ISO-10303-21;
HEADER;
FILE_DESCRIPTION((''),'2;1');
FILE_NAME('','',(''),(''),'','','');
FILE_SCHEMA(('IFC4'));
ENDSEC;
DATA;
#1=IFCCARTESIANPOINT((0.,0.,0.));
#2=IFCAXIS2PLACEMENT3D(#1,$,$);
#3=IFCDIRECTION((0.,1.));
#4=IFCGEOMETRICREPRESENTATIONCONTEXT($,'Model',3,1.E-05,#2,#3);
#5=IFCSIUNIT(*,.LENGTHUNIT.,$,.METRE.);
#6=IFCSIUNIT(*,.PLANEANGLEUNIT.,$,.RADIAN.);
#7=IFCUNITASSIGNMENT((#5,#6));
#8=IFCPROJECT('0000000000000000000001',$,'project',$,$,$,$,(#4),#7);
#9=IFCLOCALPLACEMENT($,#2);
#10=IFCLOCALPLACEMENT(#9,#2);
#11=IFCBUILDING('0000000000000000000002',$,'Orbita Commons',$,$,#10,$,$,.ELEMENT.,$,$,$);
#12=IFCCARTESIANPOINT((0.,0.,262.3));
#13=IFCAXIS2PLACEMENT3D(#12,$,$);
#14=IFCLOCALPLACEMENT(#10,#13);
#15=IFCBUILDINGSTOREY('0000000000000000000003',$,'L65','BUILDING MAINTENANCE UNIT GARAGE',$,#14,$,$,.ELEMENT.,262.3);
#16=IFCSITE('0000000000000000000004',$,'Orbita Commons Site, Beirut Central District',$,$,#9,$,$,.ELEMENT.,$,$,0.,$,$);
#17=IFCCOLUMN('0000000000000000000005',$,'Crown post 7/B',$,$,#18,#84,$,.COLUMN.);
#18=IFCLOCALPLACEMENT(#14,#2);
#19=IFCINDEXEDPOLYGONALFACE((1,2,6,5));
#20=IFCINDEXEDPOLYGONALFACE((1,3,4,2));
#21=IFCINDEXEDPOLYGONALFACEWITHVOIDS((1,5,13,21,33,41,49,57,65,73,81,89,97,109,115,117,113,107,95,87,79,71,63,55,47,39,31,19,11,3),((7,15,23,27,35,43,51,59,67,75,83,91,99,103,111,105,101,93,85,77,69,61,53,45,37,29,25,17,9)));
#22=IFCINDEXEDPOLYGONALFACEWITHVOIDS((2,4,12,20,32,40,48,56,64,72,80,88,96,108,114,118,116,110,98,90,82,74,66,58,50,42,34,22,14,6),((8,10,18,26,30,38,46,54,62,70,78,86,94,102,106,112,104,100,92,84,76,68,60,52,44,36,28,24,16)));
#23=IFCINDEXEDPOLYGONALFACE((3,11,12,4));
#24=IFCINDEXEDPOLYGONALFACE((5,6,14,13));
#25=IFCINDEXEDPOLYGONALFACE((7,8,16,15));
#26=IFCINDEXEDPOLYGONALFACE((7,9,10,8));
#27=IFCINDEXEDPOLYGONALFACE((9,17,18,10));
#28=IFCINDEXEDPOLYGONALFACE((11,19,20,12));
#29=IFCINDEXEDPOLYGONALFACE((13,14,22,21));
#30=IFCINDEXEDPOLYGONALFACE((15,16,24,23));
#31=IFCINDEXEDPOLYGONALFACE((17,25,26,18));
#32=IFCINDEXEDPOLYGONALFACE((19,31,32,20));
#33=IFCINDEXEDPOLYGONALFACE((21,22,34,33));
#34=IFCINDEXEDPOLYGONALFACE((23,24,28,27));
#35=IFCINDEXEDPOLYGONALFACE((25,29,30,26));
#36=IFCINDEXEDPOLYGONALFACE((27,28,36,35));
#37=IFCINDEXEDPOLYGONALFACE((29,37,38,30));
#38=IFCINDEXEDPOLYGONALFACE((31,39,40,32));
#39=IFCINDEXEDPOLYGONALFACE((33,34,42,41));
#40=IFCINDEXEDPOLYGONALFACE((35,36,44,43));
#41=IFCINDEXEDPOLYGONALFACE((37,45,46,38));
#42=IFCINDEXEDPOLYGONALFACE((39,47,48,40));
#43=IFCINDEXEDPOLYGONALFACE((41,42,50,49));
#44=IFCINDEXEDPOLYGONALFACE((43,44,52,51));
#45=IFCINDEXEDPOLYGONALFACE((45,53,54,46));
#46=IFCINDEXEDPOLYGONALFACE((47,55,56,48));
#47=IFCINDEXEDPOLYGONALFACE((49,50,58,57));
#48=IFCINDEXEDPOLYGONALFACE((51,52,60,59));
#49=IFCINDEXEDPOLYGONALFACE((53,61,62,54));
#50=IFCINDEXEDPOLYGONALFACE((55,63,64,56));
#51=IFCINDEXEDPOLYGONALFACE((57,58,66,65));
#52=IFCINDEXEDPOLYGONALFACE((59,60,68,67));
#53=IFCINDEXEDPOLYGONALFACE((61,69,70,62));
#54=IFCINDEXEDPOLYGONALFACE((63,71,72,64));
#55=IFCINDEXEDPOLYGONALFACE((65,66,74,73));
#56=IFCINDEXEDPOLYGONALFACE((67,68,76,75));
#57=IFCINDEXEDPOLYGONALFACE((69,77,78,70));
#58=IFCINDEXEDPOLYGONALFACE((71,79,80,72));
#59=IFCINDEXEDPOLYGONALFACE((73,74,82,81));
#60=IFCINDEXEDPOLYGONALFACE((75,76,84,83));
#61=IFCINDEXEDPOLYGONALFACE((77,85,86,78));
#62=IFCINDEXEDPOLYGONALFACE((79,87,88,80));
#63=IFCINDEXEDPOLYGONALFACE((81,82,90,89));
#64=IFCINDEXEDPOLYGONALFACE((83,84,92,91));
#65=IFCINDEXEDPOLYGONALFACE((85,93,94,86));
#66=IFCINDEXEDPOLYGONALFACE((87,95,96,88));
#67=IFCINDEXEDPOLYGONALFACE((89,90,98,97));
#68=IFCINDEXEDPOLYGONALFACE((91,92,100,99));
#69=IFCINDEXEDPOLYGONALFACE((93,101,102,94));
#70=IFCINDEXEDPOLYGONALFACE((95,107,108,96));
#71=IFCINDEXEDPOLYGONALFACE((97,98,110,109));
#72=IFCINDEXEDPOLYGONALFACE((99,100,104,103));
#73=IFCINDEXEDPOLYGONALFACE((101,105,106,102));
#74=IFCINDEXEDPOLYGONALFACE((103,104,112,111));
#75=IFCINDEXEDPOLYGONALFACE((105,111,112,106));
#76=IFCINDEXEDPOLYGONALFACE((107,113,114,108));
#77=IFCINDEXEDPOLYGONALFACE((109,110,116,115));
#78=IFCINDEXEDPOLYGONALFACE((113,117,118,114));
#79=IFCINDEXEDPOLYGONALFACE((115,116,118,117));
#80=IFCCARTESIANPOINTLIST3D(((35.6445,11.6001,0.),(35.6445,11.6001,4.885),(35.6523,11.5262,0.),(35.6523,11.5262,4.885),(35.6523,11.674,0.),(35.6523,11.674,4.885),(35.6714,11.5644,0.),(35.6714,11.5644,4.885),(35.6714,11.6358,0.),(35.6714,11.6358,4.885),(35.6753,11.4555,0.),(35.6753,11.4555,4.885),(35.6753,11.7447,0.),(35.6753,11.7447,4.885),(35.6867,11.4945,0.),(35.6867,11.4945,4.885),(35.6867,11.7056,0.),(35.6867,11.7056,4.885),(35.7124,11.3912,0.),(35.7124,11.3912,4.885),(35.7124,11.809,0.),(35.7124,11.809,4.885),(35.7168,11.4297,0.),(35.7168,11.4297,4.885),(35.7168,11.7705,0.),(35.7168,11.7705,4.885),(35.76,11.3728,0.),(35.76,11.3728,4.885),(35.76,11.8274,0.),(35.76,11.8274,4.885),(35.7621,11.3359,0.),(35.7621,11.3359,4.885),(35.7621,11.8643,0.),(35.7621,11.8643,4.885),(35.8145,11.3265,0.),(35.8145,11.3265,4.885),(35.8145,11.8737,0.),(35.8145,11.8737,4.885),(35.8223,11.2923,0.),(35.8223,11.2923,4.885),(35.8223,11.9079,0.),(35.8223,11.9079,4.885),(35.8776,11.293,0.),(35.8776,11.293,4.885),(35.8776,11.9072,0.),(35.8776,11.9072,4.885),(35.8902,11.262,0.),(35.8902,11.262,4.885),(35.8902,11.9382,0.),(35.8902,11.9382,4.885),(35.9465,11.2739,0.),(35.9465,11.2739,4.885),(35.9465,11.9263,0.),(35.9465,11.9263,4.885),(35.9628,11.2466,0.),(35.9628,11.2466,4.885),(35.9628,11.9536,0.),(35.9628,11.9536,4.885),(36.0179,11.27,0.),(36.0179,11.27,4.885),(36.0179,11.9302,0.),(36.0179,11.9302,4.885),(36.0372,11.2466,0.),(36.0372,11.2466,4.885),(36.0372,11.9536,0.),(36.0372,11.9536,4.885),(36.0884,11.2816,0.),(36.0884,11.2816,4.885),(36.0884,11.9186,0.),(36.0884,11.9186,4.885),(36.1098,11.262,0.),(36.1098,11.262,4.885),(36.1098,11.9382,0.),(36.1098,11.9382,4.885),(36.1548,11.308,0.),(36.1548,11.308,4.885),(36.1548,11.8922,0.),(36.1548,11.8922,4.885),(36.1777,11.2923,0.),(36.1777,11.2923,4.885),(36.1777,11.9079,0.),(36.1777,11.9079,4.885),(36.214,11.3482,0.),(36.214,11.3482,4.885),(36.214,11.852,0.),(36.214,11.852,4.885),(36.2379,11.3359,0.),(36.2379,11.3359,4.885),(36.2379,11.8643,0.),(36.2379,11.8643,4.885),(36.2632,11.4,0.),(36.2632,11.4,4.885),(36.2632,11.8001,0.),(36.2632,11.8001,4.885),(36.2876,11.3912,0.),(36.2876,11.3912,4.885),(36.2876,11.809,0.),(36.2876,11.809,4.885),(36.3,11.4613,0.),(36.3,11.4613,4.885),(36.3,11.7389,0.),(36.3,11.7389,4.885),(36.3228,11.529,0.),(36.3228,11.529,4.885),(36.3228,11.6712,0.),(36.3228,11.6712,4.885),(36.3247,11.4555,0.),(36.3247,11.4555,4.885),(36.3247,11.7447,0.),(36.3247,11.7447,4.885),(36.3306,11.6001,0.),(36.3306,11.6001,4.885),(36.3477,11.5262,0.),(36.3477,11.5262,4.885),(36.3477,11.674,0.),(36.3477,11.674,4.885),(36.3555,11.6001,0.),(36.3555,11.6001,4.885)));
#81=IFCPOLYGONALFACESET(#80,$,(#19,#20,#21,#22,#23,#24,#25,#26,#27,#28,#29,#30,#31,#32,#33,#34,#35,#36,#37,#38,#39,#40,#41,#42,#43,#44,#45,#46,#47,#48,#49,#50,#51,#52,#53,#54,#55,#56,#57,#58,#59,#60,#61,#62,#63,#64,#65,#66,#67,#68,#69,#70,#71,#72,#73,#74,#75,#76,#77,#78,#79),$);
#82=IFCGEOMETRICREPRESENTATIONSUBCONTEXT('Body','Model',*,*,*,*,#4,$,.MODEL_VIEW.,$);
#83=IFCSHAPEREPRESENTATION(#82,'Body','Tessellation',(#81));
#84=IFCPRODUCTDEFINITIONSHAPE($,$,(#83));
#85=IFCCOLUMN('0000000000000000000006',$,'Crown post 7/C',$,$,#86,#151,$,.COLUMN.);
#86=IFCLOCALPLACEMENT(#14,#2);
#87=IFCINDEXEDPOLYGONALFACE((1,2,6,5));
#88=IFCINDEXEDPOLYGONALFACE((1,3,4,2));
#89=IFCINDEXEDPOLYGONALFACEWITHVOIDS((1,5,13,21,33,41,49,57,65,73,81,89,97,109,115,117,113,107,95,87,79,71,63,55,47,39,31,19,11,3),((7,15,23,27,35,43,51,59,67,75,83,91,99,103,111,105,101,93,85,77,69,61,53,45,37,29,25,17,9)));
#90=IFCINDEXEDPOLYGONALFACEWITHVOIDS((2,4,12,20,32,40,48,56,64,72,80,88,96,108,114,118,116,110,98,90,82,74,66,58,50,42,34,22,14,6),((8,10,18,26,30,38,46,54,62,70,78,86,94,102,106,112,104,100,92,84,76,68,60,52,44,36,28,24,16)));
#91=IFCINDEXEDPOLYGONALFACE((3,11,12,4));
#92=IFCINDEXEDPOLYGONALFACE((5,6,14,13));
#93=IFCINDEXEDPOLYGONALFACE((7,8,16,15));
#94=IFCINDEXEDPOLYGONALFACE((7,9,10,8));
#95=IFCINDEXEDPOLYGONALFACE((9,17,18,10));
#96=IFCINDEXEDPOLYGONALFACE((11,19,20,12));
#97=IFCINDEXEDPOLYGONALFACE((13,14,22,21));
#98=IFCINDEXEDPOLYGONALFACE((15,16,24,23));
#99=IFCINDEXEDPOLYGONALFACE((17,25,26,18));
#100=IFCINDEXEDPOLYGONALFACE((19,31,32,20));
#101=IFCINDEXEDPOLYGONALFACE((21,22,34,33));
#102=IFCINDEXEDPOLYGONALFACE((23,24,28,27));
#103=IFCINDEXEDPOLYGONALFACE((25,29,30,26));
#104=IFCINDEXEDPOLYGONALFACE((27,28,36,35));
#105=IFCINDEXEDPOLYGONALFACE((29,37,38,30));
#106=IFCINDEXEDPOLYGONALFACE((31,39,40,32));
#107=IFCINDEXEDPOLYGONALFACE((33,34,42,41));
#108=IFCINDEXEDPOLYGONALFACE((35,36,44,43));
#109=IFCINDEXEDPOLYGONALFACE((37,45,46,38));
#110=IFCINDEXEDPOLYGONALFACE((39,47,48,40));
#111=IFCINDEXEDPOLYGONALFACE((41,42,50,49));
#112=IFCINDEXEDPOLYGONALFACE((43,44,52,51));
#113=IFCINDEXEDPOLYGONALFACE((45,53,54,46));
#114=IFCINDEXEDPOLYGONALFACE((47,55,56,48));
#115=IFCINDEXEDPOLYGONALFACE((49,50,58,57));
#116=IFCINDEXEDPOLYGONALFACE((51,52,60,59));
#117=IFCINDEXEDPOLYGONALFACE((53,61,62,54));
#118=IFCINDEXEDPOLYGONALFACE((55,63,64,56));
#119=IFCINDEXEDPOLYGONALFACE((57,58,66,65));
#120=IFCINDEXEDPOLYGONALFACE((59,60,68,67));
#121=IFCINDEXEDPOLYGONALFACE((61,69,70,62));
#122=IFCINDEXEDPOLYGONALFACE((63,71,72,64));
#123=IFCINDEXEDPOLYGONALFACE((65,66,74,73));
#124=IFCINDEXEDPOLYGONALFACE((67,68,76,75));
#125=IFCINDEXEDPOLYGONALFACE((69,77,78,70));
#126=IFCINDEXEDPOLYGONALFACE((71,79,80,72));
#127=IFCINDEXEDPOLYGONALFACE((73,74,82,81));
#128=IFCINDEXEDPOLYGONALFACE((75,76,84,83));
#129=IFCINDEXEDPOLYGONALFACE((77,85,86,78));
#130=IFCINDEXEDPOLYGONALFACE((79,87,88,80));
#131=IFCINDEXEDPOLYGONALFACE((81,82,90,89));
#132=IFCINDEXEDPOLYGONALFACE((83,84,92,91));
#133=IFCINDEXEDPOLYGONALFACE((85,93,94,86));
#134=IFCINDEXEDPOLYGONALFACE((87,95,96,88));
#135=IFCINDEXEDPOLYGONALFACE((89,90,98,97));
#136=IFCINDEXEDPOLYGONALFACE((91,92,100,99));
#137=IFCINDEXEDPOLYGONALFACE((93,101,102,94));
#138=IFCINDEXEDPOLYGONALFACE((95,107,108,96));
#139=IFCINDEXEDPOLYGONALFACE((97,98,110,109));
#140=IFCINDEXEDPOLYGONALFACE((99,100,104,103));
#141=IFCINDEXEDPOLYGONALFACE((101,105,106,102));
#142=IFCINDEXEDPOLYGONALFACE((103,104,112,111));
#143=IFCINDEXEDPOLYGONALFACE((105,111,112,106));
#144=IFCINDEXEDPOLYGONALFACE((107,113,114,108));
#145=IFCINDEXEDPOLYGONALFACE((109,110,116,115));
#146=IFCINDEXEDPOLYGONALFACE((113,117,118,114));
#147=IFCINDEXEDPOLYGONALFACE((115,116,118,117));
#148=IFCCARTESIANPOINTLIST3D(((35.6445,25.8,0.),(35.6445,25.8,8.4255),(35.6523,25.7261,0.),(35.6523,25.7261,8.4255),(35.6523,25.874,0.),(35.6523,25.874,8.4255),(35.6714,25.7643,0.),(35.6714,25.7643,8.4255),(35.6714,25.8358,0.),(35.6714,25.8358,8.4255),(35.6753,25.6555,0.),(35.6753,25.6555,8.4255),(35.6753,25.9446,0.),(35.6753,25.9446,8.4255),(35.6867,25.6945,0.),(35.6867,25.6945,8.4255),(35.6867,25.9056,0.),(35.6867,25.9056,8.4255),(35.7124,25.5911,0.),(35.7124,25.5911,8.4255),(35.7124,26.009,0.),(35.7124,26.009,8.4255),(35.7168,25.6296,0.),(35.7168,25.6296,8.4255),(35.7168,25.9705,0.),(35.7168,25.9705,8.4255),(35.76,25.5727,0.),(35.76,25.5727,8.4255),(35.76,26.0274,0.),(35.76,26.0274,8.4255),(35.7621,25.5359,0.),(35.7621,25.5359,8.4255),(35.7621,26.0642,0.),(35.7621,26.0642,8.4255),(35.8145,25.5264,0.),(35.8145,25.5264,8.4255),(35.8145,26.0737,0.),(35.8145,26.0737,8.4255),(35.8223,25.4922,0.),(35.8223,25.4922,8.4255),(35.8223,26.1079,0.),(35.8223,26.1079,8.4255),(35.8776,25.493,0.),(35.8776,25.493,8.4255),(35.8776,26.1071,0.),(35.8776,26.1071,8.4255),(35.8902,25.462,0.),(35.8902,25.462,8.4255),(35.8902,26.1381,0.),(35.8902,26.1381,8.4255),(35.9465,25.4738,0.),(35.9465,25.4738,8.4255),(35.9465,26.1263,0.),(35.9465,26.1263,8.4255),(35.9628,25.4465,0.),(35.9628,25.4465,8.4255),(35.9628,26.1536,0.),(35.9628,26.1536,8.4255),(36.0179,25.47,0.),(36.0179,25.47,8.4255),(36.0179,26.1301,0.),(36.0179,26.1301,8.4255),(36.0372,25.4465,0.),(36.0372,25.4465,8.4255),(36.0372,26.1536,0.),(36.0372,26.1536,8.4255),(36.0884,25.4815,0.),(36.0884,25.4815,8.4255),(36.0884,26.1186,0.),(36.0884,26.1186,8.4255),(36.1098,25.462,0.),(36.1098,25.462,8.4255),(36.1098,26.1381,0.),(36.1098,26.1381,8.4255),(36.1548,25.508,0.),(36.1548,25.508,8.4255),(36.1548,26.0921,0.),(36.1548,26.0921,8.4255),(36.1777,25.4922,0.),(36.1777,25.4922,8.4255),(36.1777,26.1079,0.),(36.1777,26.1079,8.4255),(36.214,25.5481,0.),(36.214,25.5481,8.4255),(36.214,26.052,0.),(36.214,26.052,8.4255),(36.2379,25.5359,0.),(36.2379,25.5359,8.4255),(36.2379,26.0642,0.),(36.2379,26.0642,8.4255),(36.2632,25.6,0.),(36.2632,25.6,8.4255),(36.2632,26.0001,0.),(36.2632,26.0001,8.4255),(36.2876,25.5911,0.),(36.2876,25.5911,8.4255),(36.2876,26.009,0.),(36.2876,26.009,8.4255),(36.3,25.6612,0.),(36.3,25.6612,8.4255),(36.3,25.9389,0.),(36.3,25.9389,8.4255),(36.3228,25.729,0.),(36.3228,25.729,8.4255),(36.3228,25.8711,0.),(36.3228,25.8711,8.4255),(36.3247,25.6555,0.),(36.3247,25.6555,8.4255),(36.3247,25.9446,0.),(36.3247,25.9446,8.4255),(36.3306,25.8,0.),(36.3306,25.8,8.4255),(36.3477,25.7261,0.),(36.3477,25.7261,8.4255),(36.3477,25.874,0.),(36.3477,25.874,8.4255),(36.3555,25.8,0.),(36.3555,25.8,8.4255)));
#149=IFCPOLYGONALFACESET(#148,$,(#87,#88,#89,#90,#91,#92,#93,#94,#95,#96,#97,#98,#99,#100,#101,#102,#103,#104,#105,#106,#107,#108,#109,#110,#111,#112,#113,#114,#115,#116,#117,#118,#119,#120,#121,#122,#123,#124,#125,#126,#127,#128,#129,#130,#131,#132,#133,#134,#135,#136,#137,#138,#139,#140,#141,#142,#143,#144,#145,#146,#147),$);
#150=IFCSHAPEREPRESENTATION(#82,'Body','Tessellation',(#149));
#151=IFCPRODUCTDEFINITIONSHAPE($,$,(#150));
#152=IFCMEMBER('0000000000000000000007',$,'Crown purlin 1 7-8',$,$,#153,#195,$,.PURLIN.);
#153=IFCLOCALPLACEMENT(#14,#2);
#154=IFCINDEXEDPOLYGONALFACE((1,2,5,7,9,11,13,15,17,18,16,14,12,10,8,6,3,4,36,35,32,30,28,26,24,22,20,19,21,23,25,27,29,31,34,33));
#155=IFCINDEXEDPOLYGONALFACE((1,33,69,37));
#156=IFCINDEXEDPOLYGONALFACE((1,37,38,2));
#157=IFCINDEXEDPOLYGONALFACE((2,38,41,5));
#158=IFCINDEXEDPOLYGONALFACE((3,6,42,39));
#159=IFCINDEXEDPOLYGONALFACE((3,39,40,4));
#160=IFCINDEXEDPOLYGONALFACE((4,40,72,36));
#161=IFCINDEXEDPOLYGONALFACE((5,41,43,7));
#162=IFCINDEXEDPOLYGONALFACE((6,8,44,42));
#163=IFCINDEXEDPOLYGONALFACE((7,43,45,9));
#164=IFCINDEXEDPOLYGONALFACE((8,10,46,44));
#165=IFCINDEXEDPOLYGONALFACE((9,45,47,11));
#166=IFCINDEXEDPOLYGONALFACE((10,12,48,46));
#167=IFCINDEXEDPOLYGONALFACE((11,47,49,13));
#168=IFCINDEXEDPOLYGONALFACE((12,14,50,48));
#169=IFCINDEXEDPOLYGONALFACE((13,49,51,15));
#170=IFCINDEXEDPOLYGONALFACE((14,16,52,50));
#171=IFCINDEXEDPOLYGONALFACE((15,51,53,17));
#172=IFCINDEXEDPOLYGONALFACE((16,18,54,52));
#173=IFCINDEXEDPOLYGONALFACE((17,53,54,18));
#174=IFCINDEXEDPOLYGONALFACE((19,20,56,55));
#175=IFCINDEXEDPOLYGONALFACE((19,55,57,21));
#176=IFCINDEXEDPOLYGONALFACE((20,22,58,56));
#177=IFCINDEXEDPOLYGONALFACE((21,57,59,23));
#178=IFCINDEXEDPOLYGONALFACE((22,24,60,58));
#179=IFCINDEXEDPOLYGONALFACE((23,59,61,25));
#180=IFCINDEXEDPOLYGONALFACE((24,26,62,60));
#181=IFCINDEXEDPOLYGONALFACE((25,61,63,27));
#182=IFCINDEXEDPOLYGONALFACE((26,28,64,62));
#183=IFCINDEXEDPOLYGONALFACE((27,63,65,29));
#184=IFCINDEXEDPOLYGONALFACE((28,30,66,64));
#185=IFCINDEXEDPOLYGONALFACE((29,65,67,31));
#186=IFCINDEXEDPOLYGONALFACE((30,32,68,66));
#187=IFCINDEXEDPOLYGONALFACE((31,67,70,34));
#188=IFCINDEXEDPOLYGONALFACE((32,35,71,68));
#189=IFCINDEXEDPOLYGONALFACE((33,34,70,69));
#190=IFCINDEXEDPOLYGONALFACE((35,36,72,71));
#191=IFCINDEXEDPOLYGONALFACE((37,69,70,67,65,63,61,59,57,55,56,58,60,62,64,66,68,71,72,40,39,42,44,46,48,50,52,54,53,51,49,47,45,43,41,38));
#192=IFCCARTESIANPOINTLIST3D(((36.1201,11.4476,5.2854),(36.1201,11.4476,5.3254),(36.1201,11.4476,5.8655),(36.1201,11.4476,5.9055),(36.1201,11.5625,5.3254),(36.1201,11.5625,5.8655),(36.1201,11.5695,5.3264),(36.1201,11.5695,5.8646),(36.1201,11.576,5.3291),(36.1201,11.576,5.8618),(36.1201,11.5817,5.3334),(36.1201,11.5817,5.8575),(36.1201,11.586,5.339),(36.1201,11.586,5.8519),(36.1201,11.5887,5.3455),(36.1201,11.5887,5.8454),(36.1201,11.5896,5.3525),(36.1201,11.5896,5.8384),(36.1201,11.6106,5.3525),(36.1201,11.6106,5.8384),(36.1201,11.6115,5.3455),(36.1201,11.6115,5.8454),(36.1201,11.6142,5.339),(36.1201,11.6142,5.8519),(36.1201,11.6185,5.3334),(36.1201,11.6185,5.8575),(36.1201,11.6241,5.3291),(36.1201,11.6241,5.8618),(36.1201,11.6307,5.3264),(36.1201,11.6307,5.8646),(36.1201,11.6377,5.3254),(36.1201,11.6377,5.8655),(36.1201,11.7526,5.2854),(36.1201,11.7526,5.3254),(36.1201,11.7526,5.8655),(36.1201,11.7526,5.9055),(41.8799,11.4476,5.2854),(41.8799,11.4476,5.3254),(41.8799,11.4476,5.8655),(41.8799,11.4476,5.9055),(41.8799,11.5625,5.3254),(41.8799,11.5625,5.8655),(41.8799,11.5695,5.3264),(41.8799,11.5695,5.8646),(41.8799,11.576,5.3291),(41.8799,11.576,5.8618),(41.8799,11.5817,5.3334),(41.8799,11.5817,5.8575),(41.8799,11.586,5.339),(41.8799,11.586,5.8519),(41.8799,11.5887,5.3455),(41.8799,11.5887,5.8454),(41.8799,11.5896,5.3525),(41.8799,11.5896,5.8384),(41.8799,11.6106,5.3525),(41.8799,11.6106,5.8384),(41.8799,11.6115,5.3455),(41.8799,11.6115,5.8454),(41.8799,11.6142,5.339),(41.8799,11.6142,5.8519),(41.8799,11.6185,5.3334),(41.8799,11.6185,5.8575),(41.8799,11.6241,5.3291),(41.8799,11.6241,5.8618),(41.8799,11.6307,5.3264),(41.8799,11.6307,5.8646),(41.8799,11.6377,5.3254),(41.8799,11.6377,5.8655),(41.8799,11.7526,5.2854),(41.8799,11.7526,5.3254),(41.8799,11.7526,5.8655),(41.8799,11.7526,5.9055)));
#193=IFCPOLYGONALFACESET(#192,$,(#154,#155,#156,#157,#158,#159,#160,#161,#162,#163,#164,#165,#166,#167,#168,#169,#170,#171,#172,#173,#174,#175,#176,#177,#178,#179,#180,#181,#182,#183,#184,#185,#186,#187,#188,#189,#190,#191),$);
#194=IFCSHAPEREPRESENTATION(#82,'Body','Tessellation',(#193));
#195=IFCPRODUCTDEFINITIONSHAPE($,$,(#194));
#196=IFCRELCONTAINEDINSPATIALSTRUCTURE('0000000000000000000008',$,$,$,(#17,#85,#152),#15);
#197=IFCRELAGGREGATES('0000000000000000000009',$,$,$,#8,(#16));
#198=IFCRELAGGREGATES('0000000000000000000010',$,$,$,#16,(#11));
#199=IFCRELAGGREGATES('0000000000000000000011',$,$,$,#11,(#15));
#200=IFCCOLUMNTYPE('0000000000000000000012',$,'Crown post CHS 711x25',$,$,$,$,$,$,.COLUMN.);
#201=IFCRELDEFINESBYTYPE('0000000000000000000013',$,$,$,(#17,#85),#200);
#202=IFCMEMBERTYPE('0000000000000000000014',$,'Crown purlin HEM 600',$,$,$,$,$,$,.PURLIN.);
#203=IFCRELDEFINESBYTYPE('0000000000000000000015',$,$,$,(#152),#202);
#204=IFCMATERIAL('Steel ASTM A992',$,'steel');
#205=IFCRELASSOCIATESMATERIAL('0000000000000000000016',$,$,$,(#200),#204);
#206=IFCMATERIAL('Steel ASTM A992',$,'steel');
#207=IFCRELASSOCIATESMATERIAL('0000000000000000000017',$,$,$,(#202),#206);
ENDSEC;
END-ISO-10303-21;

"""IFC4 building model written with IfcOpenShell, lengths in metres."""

from ifc_helpers import new_model, si_unit, direction, frame, origin, origin_2d, place, context, subcontext, project, spatial, hollow_circle, i_section, extrude, material, material_profile, profile_set, type_object, element, save


model = new_model("IFC4")

# Units and contexts
model_context = context("Model", 3, precision=1e-05, world=origin(), true_north=direction((0.0, 1.0)))
body_context = subcontext(model_context, "Body", "Model", "MODEL_VIEW")
ifc_project = project(units=[si_unit("LENGTHUNIT", "METRE"), si_unit("PLANEANGLEUNIT", "RADIAN")], contexts=[model_context])

# Site, building, storey
site_placement = place(None, origin())
site = spatial("IfcSite", under=ifc_project, at=site_placement, Name="Orbita Commons Site, Beirut Central District", CompositionType="ELEMENT", RefElevation=0.0)
building_placement = place(site_placement, origin())
building = spatial("IfcBuilding", under=site, at=building_placement, Name="Orbita Commons", CompositionType="ELEMENT")
storey_placement = place(building_placement, frame((0.0, 0.0, 262.3)))
storey = spatial("IfcBuildingStorey", under=building, at=storey_placement, Name="L65", Description="BUILDING MAINTENANCE UNIT GARAGE", CompositionType="ELEMENT", Elevation=262.3)

# Columns
ifc_material_1 = material(Name="Steel ASTM A992", Category="steel")
ifc_material_profile_1 = material_profile(ifc_material_1, hollow_circle(Radius=0.3555, WallThickness=0.0249, at=origin_2d()), Name="CHS 711x25")
ifc_profile_set_1 = profile_set([ifc_material_profile_1], Name="Steel ASTM A992")
column_type = type_object("IfcColumnType", Name="Crown post CHS 711x25", PredefinedType="COLUMN", material=ifc_profile_set_1)
column_1_placement = place(storey_placement, frame((36.0, 11.6001, 0.0), z_axis=(0.0, 0.0, 1.0), x_axis=(1.0, 0.0, 0.0)))
element("IfcColumn", 1, at=column_1_placement, inside=storey, type_object=column_type, Name="Crown post 7/B", PredefinedType="COLUMN", context=body_context, shape_type="SweptSolid", body=[
    extrude(hollow_circle(Radius=0.3555, WallThickness=0.0249, at=origin_2d()), origin(), (0.0, 0.0, 1.0), 4.885),
])
column_2_placement = place(storey_placement, frame((36.0, 25.8, 0.0), z_axis=(0.0, 0.0, 1.0), x_axis=(1.0, 0.0, 0.0)))
element("IfcColumn", 2, at=column_2_placement, inside=storey, type_object=column_type, Name="Crown post 7/C", PredefinedType="COLUMN", context=body_context, shape_type="SweptSolid", body=[
    extrude(hollow_circle(Radius=0.3555, WallThickness=0.0249, at=origin_2d()), origin(), (0.0, 0.0, 1.0), 8.4255),
])

# Member
ifc_material_2 = material(Name="Steel ASTM A992", Category="steel")
ifc_material_profile_2 = material_profile(ifc_material_2, i_section(OverallWidth=0.3049, OverallDepth=0.6201, WebThickness=0.021, FlangeThickness=0.04, FilletRadius=0.0271, at=origin_2d()), Name="HEM 600")
ifc_profile_set_2 = profile_set([ifc_material_profile_2], Name="Steel ASTM A992")
member_type_1 = type_object("IfcMemberType", Name="Crown purlin HEM 600", PredefinedType="PURLIN", material=ifc_profile_set_2)
for number, where, z_axis, x_axis, name in (
    (3, (36.1201, 11.6001, 5.5955), (1.0, 0.0, 0.0), (0.0, 1.0, 0.0), "Crown purlin 1 7-8"),
):
    element("IfcMember", number, at=place(storey_placement, frame(where, z_axis=z_axis, x_axis=x_axis)), inside=storey, type_object=member_type_1, Name=name, PredefinedType="PURLIN", context=body_context, shape_type="SweptSolid", body=[
        extrude(i_section(OverallWidth=0.3049, OverallDepth=0.6201, WebThickness=0.021, FlangeThickness=0.04, FilletRadius=0.0271, at=origin_2d()), origin(), (0.0, 0.0, 1.0), 5.7598),
    ])

save(model, "model.ifc")
